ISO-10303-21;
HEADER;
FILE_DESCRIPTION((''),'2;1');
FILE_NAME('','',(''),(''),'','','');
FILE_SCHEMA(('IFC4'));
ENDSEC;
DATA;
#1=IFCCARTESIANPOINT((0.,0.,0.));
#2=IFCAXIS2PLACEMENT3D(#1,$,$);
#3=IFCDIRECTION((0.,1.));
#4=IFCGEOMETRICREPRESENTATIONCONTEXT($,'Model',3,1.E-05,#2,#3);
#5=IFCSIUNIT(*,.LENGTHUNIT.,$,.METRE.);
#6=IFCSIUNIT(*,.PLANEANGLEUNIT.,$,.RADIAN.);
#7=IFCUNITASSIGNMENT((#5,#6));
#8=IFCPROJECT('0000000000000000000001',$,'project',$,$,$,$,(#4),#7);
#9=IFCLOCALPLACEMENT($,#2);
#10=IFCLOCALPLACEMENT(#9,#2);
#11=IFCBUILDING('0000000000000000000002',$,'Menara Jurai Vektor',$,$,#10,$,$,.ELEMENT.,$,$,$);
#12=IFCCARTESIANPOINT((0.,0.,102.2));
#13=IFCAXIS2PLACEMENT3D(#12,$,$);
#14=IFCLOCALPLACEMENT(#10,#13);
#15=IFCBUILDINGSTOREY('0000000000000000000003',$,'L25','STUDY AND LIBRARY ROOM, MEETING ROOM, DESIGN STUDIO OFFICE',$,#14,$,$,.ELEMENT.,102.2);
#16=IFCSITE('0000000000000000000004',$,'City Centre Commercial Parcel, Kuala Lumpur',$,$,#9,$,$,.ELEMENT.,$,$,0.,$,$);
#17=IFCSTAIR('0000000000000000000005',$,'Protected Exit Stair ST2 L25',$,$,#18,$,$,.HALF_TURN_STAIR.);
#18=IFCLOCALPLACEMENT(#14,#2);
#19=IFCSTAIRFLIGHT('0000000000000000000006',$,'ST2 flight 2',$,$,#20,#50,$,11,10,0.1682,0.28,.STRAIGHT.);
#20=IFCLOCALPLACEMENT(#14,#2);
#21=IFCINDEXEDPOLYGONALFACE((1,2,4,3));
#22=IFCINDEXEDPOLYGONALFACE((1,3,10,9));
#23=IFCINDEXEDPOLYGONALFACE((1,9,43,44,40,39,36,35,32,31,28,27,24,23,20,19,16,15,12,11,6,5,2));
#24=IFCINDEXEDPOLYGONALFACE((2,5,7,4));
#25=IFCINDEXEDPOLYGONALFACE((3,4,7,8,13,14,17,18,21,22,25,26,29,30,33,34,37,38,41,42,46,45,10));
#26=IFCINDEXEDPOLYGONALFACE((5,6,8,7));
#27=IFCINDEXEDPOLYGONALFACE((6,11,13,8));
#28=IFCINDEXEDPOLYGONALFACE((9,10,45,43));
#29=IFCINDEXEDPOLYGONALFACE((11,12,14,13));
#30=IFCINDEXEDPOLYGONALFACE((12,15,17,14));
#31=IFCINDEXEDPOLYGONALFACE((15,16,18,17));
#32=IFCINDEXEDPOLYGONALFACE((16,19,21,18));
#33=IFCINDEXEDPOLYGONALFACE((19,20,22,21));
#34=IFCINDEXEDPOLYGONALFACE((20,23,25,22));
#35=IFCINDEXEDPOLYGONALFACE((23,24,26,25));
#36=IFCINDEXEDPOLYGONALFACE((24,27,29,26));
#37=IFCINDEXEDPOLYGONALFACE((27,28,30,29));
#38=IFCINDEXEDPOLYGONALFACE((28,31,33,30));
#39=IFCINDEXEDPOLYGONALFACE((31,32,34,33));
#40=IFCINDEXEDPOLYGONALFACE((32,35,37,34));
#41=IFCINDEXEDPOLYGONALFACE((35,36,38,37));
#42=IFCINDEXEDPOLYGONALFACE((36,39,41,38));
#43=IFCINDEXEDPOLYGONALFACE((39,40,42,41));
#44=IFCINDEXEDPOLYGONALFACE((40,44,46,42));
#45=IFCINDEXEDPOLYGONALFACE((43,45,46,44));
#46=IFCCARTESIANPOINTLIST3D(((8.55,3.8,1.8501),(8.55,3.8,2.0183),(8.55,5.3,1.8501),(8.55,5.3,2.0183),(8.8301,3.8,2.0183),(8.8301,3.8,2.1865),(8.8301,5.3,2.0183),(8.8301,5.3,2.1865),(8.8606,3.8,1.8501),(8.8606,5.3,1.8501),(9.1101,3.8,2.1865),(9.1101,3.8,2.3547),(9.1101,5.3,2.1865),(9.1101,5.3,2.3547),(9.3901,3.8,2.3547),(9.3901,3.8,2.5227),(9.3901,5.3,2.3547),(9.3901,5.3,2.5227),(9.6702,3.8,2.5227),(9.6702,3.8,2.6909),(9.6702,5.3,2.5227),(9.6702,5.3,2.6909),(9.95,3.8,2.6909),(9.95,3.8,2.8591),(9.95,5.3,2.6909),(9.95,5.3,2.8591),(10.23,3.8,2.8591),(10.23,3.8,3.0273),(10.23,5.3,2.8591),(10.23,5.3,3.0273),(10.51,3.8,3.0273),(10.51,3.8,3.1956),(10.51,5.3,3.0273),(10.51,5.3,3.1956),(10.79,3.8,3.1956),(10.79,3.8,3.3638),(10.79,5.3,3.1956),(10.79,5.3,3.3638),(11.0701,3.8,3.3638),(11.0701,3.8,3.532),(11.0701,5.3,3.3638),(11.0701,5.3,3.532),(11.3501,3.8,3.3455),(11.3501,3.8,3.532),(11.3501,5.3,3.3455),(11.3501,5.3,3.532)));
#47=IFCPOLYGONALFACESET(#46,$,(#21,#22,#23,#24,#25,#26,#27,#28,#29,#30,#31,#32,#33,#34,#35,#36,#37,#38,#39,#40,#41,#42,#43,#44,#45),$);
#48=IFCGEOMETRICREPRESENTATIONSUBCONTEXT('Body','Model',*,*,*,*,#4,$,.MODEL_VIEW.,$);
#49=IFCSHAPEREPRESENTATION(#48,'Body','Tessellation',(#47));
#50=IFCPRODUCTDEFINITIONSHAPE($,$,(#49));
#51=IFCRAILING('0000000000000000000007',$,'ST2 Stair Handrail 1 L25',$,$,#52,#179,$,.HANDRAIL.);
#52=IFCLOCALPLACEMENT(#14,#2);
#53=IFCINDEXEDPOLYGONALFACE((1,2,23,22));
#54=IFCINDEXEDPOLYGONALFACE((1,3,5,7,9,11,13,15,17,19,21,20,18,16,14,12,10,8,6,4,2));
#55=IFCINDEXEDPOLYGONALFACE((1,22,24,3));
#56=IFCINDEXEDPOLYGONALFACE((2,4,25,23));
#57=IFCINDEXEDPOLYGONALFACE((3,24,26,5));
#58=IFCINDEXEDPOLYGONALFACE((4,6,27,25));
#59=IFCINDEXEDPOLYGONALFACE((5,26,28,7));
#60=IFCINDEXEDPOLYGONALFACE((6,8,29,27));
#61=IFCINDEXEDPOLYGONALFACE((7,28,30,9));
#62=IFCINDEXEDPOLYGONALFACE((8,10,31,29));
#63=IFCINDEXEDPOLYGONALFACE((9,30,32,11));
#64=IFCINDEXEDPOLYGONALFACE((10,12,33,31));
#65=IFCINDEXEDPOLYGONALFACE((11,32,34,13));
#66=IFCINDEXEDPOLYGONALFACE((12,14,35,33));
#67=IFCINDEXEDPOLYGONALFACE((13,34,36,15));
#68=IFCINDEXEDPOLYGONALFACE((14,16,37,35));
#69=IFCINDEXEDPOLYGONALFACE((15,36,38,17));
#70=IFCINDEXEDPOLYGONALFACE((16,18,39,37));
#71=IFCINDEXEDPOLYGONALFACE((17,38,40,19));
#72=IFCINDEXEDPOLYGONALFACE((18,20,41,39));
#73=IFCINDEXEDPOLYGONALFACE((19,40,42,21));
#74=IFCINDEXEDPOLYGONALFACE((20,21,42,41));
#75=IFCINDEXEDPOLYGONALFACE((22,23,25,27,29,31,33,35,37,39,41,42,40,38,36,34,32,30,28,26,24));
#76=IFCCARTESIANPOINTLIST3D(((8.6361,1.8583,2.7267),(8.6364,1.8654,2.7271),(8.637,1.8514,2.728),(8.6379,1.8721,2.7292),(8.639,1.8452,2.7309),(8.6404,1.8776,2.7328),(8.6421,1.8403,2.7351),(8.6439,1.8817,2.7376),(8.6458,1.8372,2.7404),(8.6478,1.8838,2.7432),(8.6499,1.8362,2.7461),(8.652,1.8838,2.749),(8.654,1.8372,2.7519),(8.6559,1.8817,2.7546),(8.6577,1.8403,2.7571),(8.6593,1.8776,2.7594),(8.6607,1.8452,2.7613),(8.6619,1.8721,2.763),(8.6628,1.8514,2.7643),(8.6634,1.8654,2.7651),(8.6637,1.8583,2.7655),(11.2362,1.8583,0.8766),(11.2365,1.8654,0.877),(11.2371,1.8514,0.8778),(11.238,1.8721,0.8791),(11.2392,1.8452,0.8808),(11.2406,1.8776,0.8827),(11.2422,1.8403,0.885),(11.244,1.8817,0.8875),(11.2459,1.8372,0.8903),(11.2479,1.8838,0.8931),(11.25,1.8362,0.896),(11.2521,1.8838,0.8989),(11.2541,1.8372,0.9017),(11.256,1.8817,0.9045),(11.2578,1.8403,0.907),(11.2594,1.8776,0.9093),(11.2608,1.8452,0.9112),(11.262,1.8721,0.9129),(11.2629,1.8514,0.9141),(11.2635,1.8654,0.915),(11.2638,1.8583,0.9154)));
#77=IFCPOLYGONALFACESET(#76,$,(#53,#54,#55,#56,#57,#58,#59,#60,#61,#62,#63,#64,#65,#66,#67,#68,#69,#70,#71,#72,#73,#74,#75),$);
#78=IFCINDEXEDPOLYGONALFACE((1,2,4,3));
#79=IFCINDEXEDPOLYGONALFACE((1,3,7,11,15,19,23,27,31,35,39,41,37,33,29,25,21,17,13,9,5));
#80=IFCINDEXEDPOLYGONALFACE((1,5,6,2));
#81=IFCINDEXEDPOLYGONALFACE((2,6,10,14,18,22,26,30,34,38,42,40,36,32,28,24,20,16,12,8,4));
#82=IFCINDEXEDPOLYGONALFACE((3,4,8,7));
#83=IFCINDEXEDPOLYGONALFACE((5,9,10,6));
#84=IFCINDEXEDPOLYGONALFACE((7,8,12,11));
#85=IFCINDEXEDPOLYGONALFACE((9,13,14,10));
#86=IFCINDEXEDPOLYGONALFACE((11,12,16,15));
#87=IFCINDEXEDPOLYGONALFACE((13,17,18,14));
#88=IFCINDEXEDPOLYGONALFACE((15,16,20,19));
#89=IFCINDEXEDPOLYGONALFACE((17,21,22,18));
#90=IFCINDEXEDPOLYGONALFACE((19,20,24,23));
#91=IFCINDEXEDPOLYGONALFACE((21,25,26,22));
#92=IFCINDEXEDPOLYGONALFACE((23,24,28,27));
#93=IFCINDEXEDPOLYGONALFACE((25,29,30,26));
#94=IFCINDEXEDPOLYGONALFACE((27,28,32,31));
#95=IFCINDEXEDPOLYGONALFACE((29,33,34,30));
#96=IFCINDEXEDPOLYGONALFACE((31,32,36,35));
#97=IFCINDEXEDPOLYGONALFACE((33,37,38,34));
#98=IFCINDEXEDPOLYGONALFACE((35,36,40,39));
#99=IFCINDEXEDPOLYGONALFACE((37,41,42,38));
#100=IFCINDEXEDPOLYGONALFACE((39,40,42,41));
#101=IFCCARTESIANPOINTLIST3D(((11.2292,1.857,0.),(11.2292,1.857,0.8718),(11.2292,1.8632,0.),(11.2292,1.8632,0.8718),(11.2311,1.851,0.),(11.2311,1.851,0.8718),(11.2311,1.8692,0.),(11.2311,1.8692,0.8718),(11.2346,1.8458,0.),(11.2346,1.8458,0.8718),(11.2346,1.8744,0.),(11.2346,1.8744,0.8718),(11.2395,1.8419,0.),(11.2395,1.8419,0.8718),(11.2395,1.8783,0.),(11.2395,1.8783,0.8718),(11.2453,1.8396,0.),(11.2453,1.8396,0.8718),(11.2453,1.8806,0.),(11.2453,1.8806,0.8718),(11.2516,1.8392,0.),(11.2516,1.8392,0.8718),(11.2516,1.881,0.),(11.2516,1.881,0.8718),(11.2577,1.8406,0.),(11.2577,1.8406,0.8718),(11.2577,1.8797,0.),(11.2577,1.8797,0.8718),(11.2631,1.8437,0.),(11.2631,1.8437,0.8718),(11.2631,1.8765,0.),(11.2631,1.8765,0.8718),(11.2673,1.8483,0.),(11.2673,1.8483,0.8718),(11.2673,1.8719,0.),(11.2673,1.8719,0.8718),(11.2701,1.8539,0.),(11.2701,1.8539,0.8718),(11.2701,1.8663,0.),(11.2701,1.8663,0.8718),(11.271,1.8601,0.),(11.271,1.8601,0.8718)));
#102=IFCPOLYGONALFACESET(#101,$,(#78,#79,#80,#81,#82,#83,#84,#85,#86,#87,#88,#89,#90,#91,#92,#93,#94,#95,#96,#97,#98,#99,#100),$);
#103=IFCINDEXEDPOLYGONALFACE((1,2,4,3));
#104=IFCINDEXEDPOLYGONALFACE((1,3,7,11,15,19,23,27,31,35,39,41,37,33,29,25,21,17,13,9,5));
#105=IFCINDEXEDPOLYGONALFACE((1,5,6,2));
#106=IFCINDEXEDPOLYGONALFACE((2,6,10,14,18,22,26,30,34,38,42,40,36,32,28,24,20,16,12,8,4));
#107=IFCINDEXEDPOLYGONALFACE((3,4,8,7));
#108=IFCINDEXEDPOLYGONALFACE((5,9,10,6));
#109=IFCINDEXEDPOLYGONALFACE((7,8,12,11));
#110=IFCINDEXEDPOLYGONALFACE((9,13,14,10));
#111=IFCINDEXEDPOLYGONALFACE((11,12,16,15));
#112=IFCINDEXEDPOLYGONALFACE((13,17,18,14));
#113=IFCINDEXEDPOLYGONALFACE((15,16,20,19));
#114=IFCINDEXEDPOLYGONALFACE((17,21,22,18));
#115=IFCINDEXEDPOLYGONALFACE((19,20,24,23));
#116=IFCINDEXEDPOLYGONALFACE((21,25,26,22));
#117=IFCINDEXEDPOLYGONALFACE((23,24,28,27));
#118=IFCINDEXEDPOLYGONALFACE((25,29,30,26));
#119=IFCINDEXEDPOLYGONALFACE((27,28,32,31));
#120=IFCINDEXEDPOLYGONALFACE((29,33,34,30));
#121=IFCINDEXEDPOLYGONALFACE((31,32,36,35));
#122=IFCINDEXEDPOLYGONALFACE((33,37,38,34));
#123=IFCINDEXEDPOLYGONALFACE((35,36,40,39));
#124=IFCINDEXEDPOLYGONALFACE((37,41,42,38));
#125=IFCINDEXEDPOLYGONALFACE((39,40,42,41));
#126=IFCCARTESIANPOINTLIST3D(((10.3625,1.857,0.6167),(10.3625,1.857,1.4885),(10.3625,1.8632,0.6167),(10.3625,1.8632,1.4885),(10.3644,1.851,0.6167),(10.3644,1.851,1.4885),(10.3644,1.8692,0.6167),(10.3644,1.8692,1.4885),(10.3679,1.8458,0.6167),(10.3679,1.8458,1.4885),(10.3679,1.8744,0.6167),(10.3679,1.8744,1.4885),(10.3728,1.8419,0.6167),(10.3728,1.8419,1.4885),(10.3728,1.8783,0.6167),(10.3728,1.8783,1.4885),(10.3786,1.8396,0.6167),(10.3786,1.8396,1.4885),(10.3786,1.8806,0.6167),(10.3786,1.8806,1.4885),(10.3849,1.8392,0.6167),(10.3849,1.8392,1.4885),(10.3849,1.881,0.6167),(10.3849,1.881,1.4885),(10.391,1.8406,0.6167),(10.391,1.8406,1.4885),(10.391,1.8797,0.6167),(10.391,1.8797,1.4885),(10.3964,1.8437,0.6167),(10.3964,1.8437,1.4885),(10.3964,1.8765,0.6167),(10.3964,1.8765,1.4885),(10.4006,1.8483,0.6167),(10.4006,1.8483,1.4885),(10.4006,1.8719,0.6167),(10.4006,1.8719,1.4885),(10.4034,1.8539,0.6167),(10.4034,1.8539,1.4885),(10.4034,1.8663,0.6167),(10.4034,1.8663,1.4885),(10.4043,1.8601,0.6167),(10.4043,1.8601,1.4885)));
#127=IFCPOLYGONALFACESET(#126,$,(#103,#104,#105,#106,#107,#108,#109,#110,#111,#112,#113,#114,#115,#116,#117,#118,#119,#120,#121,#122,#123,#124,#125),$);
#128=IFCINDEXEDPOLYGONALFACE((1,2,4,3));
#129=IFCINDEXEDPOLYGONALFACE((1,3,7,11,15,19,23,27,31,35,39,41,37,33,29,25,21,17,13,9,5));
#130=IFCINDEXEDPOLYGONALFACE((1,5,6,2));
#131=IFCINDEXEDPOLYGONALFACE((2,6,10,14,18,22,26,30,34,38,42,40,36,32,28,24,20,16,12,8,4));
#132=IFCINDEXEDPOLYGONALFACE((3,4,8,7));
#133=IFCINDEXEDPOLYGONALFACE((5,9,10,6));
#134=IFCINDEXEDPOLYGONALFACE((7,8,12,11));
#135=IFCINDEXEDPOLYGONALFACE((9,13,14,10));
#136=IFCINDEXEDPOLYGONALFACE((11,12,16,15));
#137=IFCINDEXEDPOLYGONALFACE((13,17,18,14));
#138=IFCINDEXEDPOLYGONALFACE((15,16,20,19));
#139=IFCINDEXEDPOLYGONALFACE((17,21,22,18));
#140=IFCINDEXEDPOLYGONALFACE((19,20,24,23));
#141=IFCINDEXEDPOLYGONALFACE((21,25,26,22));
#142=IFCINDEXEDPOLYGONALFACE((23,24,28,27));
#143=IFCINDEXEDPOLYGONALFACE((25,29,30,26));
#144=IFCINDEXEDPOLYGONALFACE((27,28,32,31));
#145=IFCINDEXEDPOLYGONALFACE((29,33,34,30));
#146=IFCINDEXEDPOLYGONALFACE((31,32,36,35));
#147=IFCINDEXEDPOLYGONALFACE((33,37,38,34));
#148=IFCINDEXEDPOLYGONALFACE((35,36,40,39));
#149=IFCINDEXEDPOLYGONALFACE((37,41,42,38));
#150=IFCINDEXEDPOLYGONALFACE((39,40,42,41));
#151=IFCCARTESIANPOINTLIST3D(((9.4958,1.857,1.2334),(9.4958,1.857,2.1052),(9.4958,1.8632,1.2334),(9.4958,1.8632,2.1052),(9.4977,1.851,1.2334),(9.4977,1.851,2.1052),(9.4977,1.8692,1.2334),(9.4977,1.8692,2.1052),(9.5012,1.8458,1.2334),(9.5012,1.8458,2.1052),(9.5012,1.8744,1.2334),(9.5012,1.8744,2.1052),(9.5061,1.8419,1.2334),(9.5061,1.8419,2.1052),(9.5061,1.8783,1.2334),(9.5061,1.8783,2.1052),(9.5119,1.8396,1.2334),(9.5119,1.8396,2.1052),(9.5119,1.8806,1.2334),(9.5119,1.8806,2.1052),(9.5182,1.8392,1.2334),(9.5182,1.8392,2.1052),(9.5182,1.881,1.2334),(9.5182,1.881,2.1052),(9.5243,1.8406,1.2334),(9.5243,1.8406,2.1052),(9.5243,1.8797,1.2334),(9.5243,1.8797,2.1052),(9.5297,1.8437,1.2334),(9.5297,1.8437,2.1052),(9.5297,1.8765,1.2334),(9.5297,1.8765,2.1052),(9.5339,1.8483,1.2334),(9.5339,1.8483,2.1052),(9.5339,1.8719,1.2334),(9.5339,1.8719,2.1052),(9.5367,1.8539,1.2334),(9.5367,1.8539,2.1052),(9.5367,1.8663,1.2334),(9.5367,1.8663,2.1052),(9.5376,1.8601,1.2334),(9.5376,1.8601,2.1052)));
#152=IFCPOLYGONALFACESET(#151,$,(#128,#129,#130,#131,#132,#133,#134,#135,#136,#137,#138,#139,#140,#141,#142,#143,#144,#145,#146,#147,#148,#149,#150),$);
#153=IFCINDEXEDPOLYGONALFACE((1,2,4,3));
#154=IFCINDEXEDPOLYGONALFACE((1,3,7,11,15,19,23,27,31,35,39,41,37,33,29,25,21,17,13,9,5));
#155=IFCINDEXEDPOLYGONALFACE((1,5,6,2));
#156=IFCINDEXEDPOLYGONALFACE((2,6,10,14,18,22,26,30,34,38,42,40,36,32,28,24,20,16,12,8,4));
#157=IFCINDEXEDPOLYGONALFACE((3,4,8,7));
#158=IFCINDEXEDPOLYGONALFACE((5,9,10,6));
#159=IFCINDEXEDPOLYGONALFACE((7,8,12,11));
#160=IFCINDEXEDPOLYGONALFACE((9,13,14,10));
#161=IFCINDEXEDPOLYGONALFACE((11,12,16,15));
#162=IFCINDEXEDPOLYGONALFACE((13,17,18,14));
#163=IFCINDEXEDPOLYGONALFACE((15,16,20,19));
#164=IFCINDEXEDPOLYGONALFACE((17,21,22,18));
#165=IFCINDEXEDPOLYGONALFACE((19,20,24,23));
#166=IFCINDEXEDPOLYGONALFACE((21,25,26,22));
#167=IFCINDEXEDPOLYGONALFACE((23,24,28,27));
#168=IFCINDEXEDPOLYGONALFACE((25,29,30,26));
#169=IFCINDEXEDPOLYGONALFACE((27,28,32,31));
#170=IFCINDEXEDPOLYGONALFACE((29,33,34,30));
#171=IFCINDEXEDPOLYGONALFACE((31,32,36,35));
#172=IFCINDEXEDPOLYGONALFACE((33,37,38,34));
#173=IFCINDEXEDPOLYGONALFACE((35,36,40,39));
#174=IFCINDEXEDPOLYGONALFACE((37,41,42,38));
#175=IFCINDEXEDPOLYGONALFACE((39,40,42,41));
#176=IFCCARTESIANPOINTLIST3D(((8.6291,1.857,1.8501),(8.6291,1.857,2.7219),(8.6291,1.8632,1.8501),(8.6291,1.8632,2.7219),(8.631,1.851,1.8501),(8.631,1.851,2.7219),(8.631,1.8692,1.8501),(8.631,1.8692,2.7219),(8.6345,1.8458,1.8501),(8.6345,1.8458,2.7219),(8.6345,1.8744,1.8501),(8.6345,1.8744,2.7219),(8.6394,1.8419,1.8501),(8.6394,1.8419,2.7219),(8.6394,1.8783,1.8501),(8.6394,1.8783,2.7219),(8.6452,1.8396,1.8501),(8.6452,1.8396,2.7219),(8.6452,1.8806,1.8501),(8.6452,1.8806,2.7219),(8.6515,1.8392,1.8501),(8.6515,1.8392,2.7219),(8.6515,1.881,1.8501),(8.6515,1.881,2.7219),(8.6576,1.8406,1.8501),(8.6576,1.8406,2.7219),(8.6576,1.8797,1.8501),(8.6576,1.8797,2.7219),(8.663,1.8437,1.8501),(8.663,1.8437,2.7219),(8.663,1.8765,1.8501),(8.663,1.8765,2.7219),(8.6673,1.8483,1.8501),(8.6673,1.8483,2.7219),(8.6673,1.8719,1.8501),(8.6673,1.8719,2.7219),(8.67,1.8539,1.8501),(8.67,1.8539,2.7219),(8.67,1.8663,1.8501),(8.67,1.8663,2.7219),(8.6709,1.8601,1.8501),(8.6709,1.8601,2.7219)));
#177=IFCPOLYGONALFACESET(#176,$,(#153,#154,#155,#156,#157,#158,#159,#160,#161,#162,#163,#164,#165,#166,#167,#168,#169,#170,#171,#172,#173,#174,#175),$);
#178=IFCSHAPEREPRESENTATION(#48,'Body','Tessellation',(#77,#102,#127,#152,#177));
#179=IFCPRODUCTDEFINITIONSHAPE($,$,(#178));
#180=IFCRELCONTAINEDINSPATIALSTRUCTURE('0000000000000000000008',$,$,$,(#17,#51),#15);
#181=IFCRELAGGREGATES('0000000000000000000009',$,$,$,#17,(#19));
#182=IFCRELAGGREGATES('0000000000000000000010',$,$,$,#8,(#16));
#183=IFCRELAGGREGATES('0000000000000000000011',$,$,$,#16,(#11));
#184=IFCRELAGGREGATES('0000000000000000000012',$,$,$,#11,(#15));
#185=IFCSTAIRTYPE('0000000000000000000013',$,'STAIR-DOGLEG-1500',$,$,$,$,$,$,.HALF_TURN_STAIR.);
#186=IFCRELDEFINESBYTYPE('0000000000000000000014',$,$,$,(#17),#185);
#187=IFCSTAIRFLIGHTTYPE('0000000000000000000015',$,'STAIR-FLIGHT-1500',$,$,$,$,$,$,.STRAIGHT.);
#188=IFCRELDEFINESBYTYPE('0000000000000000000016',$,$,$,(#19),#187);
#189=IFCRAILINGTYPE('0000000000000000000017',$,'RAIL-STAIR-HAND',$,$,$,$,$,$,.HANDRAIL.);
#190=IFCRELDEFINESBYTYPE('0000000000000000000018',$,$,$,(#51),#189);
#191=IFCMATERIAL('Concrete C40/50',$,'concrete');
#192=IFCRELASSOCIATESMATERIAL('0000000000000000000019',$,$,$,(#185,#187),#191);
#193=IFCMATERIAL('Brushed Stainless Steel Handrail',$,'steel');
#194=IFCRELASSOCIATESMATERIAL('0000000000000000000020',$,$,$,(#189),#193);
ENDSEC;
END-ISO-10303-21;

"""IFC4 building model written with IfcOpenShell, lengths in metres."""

from ifc_helpers import new_model, si_unit, direction, frame, origin, origin_2d, place, context, subcontext, project, spatial, polyline, circle, outline, extrude, material, type_object, element, aggregate, save


model = new_model("IFC4")

# Units and contexts
model_context = context("Model", 3, precision=1e-05, world=origin(), true_north=direction((0.0, 1.0)))
body_context = subcontext(model_context, "Body", "Model", "MODEL_VIEW")
ifc_project = project(units=[si_unit("LENGTHUNIT", "METRE"), si_unit("PLANEANGLEUNIT", "RADIAN")], contexts=[model_context])

# Site, building, storey
site_placement = place(None, origin())
site = spatial("IfcSite", under=ifc_project, at=site_placement, Name="City Centre Commercial Parcel, Kuala Lumpur", CompositionType="ELEMENT", RefElevation=0.0)
building_placement = place(site_placement, origin())
building = spatial("IfcBuilding", under=site, at=building_placement, Name="Menara Jurai Vektor", CompositionType="ELEMENT")
storey_placement = place(building_placement, frame((0.0, 0.0, 102.2)))
storey = spatial("IfcBuildingStorey", under=building, at=storey_placement, Name="L25", Description="STUDY AND LIBRARY ROOM, MEETING ROOM, DESIGN STUDIO OFFICE", CompositionType="ELEMENT", Elevation=102.2)

# Shared definitions
ifc_material_1 = material(Name="Concrete C40/50", Category="concrete")

# Stair, stair flight
stair_type = type_object("IfcStairType", Name="STAIR-DOGLEG-1500", PredefinedType="HALF_TURN_STAIR", material=ifc_material_1)
stair_placement = place(storey_placement, origin())
stair = element("IfcStair", 1, at=stair_placement, inside=storey, type_object=stair_type, Name="Protected Exit Stair ST2 L25", PredefinedType="HALF_TURN_STAIR")
stair_flight_type = type_object("IfcStairFlightType", Name="STAIR-FLIGHT-1500", PredefinedType="STRAIGHT", material=ifc_material_1)
stair_flight_1_placement = place(storey_placement, frame((8.55, 4.55, 1.8501), z_axis=(0.0, 0.0, 1.0), x_axis=(1.0, 0.0, 0.0)))
stair_flight_1 = element("IfcStairFlight", 2, at=stair_flight_1_placement, type_object=stair_flight_type, Name="ST2 flight 2", NumberOfRisers=11, NumberOfTreads=10, PredefinedType="STRAIGHT", RiserHeight=0.1682, TreadLength=0.28, context=body_context, shape_type="SweptSolid", body=[
    extrude(outline(polyline([(0.0, 0.0), (0.0, 0.1682), (0.28, 0.1682), (0.28, 0.3364), (0.5601, 0.3364), (0.5601, 0.5046), (0.8401, 0.5046), (0.8401, 0.6726), (1.1201, 0.6726), (1.1201, 0.8408), (1.3999, 0.8408), (1.3999, 1.009), (1.6799, 1.009), (1.6799, 1.1772), (1.96, 1.1772), (1.96, 1.3455), (2.24, 1.3455), (2.24, 1.5137), (2.52, 1.5137), (2.52, 1.6819), (2.8, 1.6819), (2.8, 1.8501), (2.8, 1.4954), (0.3105, 0.0), (0.0, 0.0)])), frame((0.0, 0.75, 0.0), z_axis=(0.0, -1.0, 0.0), x_axis=(1.0, 0.0, 0.0)), (0.0, 0.0, 1.0), 1.5),
])
aggregate(stair, [stair_flight_1])

# Railing
ifc_material_2 = material(Name="Brushed Stainless Steel Handrail", Category="steel")
railing_type_1 = type_object("IfcRailingType", Name="RAIL-STAIR-HAND", PredefinedType="HANDRAIL", material=ifc_material_2)
railing_1_placement = place(storey_placement, frame((11.25, 1.8601, 0.0)))
element("IfcRailing", 3, at=railing_1_placement, inside=storey, type_object=railing_type_1, Name="ST2 Stair Handrail 1 L25", PredefinedType="HANDRAIL", context=body_context, shape_type="SweptSolid", body=[
    extrude(circle(Radius=0.0239, at=origin_2d()), frame((0.0, 0.0, 0.896), z_axis=(-0.814787, 0.0, 0.579761), x_axis=(0.0, -1.0, 0.0)), (0.0, 0.0, 1.0), 3.1912),
    extrude(circle(Radius=0.021, at=origin_2d()), origin(), (0.0, 0.0, 1.0), 0.8718),
    extrude(circle(Radius=0.021, at=origin_2d()), frame((-0.8667, 0.0, 0.6167)), (0.0, 0.0, 1.0), 0.8718),
    extrude(circle(Radius=0.021, at=origin_2d()), frame((-1.7334, 0.0, 1.2334)), (0.0, 0.0, 1.0), 0.8718),
    extrude(circle(Radius=0.021, at=origin_2d()), frame((-2.6001, 0.0, 1.8501)), (0.0, 0.0, 1.0), 0.8718),
])

save(model, "model.ifc")
